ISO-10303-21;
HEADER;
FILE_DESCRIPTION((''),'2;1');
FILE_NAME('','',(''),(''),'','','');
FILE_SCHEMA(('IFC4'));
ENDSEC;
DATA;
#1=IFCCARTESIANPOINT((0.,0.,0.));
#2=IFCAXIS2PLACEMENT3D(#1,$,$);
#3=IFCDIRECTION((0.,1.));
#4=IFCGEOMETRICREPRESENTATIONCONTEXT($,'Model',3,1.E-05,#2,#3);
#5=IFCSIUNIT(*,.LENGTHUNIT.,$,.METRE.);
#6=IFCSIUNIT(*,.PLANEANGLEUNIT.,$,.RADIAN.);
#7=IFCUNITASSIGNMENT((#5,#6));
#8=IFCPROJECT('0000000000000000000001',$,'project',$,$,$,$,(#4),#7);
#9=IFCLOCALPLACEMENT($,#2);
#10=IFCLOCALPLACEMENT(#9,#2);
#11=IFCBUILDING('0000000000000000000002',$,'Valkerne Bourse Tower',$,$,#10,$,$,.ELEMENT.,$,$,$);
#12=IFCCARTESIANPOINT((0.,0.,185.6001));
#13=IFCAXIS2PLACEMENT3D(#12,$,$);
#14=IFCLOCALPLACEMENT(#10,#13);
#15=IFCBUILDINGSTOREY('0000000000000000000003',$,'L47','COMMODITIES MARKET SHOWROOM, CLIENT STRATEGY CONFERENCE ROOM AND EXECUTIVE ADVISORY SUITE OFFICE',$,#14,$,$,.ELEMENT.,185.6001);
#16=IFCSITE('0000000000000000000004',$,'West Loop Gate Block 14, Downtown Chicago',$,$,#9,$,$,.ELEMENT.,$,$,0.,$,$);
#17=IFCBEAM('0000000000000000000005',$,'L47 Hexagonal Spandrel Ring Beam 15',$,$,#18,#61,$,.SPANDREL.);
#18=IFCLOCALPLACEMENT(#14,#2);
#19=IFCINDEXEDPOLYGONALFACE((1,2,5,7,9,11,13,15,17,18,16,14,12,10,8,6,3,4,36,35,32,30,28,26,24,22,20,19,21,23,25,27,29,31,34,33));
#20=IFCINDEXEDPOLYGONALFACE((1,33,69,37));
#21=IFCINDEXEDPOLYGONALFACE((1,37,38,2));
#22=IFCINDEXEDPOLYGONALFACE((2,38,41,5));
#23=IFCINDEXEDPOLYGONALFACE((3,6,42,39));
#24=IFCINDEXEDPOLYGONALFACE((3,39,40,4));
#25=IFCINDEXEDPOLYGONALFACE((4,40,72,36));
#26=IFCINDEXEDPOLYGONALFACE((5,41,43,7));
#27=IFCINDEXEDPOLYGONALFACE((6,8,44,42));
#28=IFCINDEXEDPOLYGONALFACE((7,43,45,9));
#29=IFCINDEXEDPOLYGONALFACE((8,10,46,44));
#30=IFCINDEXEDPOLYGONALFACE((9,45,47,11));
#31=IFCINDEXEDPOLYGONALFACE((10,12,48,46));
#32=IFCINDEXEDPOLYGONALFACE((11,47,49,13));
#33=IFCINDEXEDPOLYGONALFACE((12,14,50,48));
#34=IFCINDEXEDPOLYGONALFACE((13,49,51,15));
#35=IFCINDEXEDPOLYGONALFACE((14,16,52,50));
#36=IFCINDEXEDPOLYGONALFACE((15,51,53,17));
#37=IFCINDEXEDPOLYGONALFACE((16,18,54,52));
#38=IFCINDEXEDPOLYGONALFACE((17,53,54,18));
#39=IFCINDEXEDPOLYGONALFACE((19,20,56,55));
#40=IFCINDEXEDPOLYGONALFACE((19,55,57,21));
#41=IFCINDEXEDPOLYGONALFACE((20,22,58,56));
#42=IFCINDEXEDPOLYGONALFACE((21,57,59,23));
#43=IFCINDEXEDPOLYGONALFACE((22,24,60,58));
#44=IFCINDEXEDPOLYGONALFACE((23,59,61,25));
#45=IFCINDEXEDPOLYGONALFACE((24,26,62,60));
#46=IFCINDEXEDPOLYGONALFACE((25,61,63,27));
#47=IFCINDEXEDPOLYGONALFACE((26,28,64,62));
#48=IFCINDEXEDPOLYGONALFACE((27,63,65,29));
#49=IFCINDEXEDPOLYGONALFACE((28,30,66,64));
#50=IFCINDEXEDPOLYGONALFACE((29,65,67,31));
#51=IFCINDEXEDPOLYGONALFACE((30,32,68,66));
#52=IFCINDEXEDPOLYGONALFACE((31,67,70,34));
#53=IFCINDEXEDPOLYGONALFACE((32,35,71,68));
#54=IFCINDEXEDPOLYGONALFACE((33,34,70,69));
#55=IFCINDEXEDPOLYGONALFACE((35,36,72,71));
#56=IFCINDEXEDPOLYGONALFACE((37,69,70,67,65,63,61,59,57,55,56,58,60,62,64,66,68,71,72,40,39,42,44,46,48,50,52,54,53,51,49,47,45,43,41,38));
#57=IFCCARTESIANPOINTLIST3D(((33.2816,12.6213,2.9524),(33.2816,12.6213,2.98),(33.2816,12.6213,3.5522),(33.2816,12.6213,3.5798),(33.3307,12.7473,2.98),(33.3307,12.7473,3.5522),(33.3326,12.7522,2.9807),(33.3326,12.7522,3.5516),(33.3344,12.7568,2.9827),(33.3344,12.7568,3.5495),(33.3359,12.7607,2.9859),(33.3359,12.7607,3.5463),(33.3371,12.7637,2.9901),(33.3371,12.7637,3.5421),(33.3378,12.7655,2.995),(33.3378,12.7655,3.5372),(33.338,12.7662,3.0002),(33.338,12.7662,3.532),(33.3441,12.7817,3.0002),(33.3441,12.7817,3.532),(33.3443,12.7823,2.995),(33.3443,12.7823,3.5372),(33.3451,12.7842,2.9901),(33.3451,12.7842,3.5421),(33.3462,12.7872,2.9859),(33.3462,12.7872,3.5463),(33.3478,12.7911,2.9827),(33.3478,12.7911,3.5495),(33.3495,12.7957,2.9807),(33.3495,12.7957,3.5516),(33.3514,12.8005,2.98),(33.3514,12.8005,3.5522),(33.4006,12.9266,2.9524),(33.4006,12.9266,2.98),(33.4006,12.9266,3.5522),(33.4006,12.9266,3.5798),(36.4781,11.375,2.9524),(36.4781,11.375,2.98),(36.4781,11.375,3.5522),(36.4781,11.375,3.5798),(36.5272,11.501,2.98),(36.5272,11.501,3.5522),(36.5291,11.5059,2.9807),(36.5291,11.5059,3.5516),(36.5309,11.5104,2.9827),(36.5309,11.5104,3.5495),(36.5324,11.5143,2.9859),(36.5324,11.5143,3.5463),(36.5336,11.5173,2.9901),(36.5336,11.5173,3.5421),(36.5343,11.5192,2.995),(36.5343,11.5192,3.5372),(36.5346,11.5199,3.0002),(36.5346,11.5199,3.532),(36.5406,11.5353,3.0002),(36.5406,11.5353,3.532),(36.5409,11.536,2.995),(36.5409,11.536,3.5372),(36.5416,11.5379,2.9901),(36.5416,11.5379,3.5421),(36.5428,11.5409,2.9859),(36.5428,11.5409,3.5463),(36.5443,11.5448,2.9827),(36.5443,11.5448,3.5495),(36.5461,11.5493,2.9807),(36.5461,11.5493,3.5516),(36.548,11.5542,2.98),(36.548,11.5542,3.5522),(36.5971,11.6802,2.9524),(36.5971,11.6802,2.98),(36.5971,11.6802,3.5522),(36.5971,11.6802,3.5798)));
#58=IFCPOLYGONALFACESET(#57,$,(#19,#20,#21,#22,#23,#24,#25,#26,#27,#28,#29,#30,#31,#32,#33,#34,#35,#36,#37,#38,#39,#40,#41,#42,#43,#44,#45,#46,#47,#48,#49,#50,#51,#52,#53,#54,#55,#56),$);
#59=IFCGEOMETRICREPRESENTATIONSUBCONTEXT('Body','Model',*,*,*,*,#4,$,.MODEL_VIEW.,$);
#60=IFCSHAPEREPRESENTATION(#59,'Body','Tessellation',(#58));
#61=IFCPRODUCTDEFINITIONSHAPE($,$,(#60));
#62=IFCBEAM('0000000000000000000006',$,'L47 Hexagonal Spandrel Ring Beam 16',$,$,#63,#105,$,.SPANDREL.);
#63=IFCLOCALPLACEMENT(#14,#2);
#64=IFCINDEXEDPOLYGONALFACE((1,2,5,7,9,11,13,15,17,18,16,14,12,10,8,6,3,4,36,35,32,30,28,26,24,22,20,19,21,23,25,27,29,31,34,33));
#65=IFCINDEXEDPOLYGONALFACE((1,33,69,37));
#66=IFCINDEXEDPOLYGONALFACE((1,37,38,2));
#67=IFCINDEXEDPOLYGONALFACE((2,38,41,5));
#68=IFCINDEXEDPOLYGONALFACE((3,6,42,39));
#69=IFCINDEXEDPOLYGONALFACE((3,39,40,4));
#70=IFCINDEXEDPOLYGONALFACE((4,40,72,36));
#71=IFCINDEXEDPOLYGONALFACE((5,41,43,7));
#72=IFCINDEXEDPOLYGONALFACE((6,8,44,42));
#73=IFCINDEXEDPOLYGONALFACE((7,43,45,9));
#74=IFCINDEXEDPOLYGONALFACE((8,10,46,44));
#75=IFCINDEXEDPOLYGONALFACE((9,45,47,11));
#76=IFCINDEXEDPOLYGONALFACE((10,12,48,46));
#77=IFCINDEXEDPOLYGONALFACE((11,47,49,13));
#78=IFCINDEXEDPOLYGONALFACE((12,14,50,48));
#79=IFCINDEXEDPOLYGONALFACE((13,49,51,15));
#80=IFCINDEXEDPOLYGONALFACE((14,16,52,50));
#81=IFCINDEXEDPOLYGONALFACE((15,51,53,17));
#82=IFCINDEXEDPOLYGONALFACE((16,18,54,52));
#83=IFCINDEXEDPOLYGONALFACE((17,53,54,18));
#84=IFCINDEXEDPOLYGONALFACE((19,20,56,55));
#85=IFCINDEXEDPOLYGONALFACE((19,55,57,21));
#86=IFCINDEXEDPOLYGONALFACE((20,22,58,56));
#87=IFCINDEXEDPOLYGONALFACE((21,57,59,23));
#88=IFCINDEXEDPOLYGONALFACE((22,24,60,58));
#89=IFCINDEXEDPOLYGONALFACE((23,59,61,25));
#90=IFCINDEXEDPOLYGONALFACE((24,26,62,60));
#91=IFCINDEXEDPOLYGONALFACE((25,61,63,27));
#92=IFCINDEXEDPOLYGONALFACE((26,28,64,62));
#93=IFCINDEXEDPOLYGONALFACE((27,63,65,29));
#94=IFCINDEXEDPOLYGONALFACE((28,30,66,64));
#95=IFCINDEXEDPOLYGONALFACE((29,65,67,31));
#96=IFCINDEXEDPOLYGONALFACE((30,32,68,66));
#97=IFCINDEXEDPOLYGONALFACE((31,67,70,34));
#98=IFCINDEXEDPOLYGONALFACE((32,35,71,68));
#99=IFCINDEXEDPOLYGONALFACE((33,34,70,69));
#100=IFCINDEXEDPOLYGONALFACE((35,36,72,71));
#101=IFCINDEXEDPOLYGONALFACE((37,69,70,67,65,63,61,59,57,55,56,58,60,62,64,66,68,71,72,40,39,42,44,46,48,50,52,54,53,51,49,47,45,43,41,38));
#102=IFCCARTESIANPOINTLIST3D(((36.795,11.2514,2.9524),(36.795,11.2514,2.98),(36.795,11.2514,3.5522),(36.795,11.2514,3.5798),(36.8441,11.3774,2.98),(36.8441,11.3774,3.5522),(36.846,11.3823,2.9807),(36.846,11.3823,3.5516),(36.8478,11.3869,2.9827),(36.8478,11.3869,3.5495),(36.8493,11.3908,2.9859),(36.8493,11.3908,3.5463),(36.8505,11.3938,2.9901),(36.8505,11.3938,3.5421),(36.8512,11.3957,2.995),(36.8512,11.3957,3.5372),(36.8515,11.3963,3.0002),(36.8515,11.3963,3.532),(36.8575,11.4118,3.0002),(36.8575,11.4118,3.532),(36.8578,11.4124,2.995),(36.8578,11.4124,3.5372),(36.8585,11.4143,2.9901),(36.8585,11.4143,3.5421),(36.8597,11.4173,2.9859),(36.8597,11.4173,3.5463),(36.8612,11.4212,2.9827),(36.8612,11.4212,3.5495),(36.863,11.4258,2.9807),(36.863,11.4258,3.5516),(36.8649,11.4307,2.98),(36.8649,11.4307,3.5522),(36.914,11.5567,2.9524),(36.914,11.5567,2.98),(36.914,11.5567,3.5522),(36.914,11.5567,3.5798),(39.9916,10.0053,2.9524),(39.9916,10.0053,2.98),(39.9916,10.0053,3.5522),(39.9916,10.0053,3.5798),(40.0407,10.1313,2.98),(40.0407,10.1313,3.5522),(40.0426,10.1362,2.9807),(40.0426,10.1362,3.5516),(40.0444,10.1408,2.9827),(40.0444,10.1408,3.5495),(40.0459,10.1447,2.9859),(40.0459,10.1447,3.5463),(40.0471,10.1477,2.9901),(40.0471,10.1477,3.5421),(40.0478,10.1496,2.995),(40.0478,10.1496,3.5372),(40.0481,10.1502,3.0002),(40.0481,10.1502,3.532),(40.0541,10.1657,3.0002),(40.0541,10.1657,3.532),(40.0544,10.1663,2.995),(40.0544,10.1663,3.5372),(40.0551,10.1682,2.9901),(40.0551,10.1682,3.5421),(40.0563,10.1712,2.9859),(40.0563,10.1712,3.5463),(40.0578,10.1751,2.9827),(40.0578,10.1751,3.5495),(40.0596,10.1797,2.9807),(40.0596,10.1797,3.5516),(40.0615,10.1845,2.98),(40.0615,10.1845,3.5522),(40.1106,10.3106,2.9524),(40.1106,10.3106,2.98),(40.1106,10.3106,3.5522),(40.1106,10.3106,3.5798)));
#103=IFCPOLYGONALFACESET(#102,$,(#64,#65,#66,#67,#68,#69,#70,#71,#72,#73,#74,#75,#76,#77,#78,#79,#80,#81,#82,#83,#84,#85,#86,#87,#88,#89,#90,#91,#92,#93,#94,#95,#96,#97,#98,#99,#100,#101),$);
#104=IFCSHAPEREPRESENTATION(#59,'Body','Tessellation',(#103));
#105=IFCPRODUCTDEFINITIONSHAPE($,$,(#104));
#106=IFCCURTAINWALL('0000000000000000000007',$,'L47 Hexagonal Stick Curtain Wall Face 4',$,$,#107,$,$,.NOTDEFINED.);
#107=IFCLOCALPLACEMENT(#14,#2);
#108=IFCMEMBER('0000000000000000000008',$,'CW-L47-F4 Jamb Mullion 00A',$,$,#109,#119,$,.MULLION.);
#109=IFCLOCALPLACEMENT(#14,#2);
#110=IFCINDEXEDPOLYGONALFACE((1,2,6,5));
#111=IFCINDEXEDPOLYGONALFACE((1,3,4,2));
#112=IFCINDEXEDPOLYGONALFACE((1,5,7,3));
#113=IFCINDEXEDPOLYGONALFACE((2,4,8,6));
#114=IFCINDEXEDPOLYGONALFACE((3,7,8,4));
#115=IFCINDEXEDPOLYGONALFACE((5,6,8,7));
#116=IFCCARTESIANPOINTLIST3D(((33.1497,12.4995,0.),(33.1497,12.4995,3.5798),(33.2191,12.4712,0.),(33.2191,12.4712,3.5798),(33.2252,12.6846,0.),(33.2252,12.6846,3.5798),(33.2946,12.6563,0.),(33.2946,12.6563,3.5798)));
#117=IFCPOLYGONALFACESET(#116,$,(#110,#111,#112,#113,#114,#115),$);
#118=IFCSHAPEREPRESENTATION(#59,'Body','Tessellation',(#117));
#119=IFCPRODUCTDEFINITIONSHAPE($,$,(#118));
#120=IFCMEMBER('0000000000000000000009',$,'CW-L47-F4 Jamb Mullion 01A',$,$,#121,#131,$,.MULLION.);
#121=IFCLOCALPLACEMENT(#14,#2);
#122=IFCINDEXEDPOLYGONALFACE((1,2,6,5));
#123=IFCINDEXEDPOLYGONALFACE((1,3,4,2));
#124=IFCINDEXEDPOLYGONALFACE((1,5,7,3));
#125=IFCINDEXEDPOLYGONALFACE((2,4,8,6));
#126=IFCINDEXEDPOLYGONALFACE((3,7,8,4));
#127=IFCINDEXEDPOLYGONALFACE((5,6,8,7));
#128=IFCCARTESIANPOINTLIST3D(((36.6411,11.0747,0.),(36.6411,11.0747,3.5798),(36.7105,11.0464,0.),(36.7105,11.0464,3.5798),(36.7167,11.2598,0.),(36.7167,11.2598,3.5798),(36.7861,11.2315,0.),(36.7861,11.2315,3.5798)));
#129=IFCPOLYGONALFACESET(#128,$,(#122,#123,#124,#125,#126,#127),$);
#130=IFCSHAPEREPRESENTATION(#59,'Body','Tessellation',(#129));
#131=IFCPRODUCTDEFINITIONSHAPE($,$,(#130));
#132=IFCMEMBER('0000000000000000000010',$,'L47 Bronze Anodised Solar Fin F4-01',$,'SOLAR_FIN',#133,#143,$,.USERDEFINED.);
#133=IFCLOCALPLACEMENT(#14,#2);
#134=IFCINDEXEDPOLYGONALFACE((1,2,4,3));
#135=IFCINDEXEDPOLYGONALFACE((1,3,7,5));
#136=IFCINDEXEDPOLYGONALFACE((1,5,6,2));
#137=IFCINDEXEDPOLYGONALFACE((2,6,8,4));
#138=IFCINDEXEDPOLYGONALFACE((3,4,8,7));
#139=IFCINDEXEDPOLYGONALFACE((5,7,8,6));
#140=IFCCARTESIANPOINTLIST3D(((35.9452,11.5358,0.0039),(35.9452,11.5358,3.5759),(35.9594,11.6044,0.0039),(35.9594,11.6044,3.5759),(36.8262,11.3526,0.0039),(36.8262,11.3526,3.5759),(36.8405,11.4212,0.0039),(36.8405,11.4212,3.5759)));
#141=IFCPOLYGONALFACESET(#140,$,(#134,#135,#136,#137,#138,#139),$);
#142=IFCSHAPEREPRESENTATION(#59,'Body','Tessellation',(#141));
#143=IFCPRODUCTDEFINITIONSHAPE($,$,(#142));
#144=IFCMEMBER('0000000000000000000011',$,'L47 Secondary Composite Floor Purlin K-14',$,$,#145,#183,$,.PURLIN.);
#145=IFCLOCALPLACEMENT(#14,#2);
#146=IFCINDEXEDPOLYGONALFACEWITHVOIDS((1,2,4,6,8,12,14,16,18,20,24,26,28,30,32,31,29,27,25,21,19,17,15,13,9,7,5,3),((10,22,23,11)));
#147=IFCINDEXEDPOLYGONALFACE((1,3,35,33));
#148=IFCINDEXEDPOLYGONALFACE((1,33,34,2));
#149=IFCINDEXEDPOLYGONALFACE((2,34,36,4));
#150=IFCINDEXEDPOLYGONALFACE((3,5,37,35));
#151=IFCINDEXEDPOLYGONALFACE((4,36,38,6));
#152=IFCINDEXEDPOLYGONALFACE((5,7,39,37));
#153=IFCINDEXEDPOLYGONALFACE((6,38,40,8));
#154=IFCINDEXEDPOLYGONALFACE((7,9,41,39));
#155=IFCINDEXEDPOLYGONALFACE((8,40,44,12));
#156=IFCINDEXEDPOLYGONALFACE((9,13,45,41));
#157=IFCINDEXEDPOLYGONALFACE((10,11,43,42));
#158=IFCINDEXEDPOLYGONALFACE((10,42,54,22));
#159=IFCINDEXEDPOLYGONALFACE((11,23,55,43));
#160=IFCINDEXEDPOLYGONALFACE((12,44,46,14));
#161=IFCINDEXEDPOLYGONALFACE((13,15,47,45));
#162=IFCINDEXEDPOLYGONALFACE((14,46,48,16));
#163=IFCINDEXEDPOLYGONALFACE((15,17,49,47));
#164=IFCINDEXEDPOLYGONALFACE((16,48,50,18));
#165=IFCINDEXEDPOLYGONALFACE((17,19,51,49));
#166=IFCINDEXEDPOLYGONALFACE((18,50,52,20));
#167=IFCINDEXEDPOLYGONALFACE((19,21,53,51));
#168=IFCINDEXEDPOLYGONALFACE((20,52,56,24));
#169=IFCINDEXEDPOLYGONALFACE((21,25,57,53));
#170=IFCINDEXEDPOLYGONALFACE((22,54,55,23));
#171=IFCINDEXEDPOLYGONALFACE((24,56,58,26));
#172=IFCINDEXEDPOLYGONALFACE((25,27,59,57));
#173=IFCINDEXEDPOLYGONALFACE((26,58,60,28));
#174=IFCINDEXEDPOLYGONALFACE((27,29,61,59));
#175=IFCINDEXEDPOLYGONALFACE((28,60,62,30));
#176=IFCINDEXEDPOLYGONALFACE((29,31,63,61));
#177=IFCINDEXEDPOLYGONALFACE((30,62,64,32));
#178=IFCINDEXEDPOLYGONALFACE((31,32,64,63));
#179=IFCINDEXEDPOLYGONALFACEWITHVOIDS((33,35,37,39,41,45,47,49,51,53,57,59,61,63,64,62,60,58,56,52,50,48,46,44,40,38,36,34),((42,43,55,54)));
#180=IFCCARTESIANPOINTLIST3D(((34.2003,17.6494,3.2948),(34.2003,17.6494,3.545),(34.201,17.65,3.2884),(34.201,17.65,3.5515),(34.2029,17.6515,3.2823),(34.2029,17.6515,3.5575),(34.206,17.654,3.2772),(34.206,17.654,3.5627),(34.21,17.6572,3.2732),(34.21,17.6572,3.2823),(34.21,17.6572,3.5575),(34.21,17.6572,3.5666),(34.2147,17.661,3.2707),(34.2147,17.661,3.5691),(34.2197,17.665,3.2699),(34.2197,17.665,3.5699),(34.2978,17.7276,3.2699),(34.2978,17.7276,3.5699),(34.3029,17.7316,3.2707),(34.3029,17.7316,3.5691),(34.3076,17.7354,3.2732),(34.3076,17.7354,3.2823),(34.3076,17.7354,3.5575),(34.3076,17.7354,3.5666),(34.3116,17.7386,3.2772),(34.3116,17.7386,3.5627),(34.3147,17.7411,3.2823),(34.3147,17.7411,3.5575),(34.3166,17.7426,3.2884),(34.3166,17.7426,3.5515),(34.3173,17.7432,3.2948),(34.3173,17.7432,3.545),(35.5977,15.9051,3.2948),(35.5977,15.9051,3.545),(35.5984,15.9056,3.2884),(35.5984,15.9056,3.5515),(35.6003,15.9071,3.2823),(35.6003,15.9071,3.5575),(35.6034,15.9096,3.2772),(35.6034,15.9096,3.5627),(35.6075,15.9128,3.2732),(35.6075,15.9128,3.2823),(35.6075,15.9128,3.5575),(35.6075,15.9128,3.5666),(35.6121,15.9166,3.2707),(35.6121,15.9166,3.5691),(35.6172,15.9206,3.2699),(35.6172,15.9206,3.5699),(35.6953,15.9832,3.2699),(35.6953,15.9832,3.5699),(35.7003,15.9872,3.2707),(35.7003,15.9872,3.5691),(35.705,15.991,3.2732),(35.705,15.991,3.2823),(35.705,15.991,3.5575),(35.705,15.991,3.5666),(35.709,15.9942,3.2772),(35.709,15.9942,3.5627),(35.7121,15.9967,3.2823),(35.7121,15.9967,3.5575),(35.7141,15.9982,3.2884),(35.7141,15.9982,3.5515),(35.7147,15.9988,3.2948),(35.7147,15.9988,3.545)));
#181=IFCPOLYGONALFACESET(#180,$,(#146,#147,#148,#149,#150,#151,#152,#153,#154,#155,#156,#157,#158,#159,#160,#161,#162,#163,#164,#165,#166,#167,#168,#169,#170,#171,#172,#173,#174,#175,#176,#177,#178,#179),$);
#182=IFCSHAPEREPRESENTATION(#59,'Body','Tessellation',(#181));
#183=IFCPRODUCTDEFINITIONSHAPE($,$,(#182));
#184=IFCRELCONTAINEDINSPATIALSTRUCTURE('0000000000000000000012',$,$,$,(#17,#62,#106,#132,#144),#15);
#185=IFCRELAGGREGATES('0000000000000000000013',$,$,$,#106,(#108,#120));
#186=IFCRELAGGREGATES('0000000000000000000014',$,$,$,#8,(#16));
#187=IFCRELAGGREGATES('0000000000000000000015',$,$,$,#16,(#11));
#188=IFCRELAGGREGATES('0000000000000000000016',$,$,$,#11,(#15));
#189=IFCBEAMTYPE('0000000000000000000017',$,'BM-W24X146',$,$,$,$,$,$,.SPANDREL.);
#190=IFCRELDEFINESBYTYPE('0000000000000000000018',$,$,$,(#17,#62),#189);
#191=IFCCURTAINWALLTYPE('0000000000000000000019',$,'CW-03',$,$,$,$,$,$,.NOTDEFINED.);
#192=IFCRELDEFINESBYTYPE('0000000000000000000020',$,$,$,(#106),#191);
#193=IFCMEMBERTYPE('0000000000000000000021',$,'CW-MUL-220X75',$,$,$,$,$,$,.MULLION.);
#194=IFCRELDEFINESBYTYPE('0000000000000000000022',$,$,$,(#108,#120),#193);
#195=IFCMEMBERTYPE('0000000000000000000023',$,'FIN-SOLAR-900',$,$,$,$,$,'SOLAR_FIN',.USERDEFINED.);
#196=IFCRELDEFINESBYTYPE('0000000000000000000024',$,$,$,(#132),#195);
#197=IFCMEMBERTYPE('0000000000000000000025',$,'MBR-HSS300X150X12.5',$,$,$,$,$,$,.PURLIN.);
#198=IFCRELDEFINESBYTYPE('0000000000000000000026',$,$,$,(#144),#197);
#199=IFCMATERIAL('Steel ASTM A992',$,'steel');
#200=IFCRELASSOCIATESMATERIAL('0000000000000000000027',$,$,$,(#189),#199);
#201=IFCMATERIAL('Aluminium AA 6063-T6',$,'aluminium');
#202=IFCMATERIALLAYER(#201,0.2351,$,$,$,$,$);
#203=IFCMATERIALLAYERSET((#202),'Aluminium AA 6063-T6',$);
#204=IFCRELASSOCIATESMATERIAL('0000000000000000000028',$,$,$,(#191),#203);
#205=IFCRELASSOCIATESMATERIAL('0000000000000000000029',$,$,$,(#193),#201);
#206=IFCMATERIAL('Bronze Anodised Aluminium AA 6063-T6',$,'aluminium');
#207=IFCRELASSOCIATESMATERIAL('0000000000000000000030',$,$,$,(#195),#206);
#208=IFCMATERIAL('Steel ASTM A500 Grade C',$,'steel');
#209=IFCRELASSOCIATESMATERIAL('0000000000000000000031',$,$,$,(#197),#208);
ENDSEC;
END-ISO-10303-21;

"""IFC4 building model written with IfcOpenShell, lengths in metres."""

from ifc_helpers import new_model, si_unit, direction, frame, origin, origin_2d, place, context, subcontext, project, spatial, rectangle, hollow_rectangle, i_section, extrude, material, layer, layer_set, material_profile, profile_set, type_object, element, aggregate, save


model = new_model("IFC4")

# Units and contexts
model_context = context("Model", 3, precision=1e-05, world=origin(), true_north=direction((0.0, 1.0)))
body_context = subcontext(model_context, "Body", "Model", "MODEL_VIEW")
ifc_project = project(units=[si_unit("LENGTHUNIT", "METRE"), si_unit("PLANEANGLEUNIT", "RADIAN")], contexts=[model_context])

# Site, building, storey
site_placement = place(None, origin())
site = spatial("IfcSite", under=ifc_project, at=site_placement, Name="West Loop Gate Block 14, Downtown Chicago", CompositionType="ELEMENT", RefElevation=0.0)
building_placement = place(site_placement, origin())
building = spatial("IfcBuilding", under=site, at=building_placement, Name="Valkerne Bourse Tower", CompositionType="ELEMENT")
storey_placement = place(building_placement, frame((0.0, 0.0, 185.6001)))
storey = spatial("IfcBuildingStorey", under=building, at=storey_placement, Name="L47", Description="COMMODITIES MARKET SHOWROOM, CLIENT STRATEGY CONFERENCE ROOM AND EXECUTIVE ADVISORY SUITE OFFICE", CompositionType="ELEMENT", Elevation=185.6001)

# Beams
ifc_material_1 = material(Name="Steel ASTM A992", Category="steel")
ifc_material_profile_1 = material_profile(ifc_material_1, i_section(OverallWidth=0.3276, OverallDepth=0.6274, WebThickness=0.0166, FlangeThickness=0.0276, FilletRadius=0.0203, at=origin_2d()), Name="W24X146")
ifc_profile_set_1 = profile_set([ifc_material_profile_1], Name="Steel ASTM A992")
beam_type_1 = type_object("IfcBeamType", Name="BM-W24X146", PredefinedType="SPANDREL", material=ifc_profile_set_1)
for number, where, z_axis, x_axis, name in (
    (1, (33.3411, 12.7739, 3.2661), (0.931685, -0.363267, 0.0), (0.363267, 0.931685, 0.0), "L47 Hexagonal Spandrel Ring Beam 15"),
    (2, (36.8545, 11.4041, 3.2661), (0.931709, -0.363205, 0.0), (0.363205, 0.931709, 0.0), "L47 Hexagonal Spandrel Ring Beam 16"),
):
    element("IfcBeam", number, at=place(storey_placement, frame(where, z_axis=z_axis, x_axis=x_axis)), inside=storey, type_object=beam_type_1, Name=name, PredefinedType="SPANDREL", context=body_context, shape_type="SweptSolid", body=[
        extrude(i_section(OverallWidth=0.3276, OverallDepth=0.6274, WebThickness=0.0166, FlangeThickness=0.0276, FilletRadius=0.0203, at=origin_2d()), origin(), (0.0, 0.0, 1.0), 3.4309),
    ])

# Curtain wall, members
ifc_material_2 = material(Name="Aluminium AA 6063-T6", Category="aluminium")
ifc_layer_1 = layer(ifc_material_2, 0.2351)
ifc_layer_set_1 = layer_set([ifc_layer_1], Name="Aluminium AA 6063-T6")
curtain_wall_type = type_object("IfcCurtainWallType", Name="CW-03", PredefinedType="NOTDEFINED", material=ifc_layer_set_1)
curtain_wall_placement = place(storey_placement, origin())
curtain_wall = element("IfcCurtainWall", 3, at=curtain_wall_placement, inside=storey, type_object=curtain_wall_type, Name="L47 Hexagonal Stick Curtain Wall Face 4", PredefinedType="NOTDEFINED")
ifc_material_profile_2 = material_profile(ifc_material_2, rectangle(XDim=0.075, YDim=0.2, at=origin_2d()), Name="CWM-75X200")
ifc_profile_set_2 = profile_set([ifc_material_profile_2], Name="Aluminium AA 6063-T6")
member_type_1 = type_object("IfcMemberType", Name="CW-MUL-220X75", PredefinedType="MULLION", material=ifc_profile_set_2)
member_1_placement = place(storey_placement, frame((33.2222, 12.5779, 0.0), z_axis=(0.0, 0.0, 1.0), x_axis=(0.925876, -0.377828, 0.0)))
member_1 = element("IfcMember", 4, at=member_1_placement, type_object=member_type_1, Name="CW-L47-F4 Jamb Mullion 00A", PredefinedType="MULLION", context=body_context, shape_type="SweptSolid", body=[
    extrude(rectangle(XDim=0.075, YDim=0.2, at=origin_2d()), origin(), (0.0, 0.0, 1.0), 3.5798),
])
member_2_placement = place(storey_placement, frame((36.7136, 11.1531, 0.0), z_axis=(0.0, 0.0, 1.0), x_axis=(0.925863, -0.37786, 0.0)))
member_2 = element("IfcMember", 5, at=member_2_placement, type_object=member_type_1, Name="CW-L47-F4 Jamb Mullion 01A", PredefinedType="MULLION", context=body_context, shape_type="SweptSolid", body=[
    extrude(rectangle(XDim=0.075, YDim=0.2, at=origin_2d()), origin(), (0.0, 0.0, 1.0), 3.5798),
])

# Members
ifc_material_3 = material(Name="Bronze Anodised Aluminium AA 6063-T6", Category="aluminium")
ifc_material_profile_3 = material_profile(ifc_material_3, rectangle(XDim=0.0701, YDim=0.8999, at=origin_2d()), Name="FIN-70X900")
ifc_profile_set_3 = profile_set([ifc_material_profile_3], Name="Bronze Anodised Aluminium AA 6063-T6")
member_type_2 = type_object("IfcMemberType", Name="FIN-SOLAR-900", ElementType="SOLAR_FIN", PredefinedType="USERDEFINED", material=ifc_profile_set_3)
member_3_placement = place(storey_placement, frame((36.3928, 11.4785, 0.0039), z_axis=(0.0, 0.0, 1.0), x_axis=(-0.203616, -0.979051, 0.0)))
element("IfcMember", 6, at=member_3_placement, inside=storey, type_object=member_type_2, Name="L47 Bronze Anodised Solar Fin F4-01", ObjectType="SOLAR_FIN", PredefinedType="USERDEFINED", context=body_context, shape_type="SweptSolid", body=[
    extrude(rectangle(XDim=0.0701, YDim=0.8999, at=origin_2d()), origin(), (0.0, 0.0, 1.0), 3.572),
])
ifc_material_4 = material(Name="Steel ASTM A500 Grade C", Category="steel")
ifc_material_profile_4 = material_profile(ifc_material_4, hollow_rectangle(XDim=0.1499, YDim=0.3, WallThickness=0.0125, OuterFilletRadius=0.0249, at=origin_2d()), Name="HSS300X150X12.5")
ifc_profile_set_4 = profile_set([ifc_material_profile_4], Name="Steel ASTM A500 Grade C")
member_type_3 = type_object("IfcMemberType", Name="MBR-HSS300X150X12.5", PredefinedType="PURLIN", material=ifc_profile_set_4)
member_4_placement = place(storey_placement, frame((34.2588, 17.6963, 3.4199), z_axis=(0.625228, -0.780442, 0.0), x_axis=(0.780442, 0.625228, 0.0)))
element("IfcMember", 7, at=member_4_placement, inside=storey, type_object=member_type_3, Name="L47 Secondary Composite Floor Purlin K-14", PredefinedType="PURLIN", context=body_context, shape_type="SweptSolid", body=[
    extrude(hollow_rectangle(XDim=0.1499, YDim=0.3, WallThickness=0.0125, OuterFilletRadius=0.0249, at=origin_2d()), origin(), (0.0, 0.0, 1.0), 2.2351),
])

aggregate(curtain_wall, [member_1, member_2])

save(model, "model.ifc")
